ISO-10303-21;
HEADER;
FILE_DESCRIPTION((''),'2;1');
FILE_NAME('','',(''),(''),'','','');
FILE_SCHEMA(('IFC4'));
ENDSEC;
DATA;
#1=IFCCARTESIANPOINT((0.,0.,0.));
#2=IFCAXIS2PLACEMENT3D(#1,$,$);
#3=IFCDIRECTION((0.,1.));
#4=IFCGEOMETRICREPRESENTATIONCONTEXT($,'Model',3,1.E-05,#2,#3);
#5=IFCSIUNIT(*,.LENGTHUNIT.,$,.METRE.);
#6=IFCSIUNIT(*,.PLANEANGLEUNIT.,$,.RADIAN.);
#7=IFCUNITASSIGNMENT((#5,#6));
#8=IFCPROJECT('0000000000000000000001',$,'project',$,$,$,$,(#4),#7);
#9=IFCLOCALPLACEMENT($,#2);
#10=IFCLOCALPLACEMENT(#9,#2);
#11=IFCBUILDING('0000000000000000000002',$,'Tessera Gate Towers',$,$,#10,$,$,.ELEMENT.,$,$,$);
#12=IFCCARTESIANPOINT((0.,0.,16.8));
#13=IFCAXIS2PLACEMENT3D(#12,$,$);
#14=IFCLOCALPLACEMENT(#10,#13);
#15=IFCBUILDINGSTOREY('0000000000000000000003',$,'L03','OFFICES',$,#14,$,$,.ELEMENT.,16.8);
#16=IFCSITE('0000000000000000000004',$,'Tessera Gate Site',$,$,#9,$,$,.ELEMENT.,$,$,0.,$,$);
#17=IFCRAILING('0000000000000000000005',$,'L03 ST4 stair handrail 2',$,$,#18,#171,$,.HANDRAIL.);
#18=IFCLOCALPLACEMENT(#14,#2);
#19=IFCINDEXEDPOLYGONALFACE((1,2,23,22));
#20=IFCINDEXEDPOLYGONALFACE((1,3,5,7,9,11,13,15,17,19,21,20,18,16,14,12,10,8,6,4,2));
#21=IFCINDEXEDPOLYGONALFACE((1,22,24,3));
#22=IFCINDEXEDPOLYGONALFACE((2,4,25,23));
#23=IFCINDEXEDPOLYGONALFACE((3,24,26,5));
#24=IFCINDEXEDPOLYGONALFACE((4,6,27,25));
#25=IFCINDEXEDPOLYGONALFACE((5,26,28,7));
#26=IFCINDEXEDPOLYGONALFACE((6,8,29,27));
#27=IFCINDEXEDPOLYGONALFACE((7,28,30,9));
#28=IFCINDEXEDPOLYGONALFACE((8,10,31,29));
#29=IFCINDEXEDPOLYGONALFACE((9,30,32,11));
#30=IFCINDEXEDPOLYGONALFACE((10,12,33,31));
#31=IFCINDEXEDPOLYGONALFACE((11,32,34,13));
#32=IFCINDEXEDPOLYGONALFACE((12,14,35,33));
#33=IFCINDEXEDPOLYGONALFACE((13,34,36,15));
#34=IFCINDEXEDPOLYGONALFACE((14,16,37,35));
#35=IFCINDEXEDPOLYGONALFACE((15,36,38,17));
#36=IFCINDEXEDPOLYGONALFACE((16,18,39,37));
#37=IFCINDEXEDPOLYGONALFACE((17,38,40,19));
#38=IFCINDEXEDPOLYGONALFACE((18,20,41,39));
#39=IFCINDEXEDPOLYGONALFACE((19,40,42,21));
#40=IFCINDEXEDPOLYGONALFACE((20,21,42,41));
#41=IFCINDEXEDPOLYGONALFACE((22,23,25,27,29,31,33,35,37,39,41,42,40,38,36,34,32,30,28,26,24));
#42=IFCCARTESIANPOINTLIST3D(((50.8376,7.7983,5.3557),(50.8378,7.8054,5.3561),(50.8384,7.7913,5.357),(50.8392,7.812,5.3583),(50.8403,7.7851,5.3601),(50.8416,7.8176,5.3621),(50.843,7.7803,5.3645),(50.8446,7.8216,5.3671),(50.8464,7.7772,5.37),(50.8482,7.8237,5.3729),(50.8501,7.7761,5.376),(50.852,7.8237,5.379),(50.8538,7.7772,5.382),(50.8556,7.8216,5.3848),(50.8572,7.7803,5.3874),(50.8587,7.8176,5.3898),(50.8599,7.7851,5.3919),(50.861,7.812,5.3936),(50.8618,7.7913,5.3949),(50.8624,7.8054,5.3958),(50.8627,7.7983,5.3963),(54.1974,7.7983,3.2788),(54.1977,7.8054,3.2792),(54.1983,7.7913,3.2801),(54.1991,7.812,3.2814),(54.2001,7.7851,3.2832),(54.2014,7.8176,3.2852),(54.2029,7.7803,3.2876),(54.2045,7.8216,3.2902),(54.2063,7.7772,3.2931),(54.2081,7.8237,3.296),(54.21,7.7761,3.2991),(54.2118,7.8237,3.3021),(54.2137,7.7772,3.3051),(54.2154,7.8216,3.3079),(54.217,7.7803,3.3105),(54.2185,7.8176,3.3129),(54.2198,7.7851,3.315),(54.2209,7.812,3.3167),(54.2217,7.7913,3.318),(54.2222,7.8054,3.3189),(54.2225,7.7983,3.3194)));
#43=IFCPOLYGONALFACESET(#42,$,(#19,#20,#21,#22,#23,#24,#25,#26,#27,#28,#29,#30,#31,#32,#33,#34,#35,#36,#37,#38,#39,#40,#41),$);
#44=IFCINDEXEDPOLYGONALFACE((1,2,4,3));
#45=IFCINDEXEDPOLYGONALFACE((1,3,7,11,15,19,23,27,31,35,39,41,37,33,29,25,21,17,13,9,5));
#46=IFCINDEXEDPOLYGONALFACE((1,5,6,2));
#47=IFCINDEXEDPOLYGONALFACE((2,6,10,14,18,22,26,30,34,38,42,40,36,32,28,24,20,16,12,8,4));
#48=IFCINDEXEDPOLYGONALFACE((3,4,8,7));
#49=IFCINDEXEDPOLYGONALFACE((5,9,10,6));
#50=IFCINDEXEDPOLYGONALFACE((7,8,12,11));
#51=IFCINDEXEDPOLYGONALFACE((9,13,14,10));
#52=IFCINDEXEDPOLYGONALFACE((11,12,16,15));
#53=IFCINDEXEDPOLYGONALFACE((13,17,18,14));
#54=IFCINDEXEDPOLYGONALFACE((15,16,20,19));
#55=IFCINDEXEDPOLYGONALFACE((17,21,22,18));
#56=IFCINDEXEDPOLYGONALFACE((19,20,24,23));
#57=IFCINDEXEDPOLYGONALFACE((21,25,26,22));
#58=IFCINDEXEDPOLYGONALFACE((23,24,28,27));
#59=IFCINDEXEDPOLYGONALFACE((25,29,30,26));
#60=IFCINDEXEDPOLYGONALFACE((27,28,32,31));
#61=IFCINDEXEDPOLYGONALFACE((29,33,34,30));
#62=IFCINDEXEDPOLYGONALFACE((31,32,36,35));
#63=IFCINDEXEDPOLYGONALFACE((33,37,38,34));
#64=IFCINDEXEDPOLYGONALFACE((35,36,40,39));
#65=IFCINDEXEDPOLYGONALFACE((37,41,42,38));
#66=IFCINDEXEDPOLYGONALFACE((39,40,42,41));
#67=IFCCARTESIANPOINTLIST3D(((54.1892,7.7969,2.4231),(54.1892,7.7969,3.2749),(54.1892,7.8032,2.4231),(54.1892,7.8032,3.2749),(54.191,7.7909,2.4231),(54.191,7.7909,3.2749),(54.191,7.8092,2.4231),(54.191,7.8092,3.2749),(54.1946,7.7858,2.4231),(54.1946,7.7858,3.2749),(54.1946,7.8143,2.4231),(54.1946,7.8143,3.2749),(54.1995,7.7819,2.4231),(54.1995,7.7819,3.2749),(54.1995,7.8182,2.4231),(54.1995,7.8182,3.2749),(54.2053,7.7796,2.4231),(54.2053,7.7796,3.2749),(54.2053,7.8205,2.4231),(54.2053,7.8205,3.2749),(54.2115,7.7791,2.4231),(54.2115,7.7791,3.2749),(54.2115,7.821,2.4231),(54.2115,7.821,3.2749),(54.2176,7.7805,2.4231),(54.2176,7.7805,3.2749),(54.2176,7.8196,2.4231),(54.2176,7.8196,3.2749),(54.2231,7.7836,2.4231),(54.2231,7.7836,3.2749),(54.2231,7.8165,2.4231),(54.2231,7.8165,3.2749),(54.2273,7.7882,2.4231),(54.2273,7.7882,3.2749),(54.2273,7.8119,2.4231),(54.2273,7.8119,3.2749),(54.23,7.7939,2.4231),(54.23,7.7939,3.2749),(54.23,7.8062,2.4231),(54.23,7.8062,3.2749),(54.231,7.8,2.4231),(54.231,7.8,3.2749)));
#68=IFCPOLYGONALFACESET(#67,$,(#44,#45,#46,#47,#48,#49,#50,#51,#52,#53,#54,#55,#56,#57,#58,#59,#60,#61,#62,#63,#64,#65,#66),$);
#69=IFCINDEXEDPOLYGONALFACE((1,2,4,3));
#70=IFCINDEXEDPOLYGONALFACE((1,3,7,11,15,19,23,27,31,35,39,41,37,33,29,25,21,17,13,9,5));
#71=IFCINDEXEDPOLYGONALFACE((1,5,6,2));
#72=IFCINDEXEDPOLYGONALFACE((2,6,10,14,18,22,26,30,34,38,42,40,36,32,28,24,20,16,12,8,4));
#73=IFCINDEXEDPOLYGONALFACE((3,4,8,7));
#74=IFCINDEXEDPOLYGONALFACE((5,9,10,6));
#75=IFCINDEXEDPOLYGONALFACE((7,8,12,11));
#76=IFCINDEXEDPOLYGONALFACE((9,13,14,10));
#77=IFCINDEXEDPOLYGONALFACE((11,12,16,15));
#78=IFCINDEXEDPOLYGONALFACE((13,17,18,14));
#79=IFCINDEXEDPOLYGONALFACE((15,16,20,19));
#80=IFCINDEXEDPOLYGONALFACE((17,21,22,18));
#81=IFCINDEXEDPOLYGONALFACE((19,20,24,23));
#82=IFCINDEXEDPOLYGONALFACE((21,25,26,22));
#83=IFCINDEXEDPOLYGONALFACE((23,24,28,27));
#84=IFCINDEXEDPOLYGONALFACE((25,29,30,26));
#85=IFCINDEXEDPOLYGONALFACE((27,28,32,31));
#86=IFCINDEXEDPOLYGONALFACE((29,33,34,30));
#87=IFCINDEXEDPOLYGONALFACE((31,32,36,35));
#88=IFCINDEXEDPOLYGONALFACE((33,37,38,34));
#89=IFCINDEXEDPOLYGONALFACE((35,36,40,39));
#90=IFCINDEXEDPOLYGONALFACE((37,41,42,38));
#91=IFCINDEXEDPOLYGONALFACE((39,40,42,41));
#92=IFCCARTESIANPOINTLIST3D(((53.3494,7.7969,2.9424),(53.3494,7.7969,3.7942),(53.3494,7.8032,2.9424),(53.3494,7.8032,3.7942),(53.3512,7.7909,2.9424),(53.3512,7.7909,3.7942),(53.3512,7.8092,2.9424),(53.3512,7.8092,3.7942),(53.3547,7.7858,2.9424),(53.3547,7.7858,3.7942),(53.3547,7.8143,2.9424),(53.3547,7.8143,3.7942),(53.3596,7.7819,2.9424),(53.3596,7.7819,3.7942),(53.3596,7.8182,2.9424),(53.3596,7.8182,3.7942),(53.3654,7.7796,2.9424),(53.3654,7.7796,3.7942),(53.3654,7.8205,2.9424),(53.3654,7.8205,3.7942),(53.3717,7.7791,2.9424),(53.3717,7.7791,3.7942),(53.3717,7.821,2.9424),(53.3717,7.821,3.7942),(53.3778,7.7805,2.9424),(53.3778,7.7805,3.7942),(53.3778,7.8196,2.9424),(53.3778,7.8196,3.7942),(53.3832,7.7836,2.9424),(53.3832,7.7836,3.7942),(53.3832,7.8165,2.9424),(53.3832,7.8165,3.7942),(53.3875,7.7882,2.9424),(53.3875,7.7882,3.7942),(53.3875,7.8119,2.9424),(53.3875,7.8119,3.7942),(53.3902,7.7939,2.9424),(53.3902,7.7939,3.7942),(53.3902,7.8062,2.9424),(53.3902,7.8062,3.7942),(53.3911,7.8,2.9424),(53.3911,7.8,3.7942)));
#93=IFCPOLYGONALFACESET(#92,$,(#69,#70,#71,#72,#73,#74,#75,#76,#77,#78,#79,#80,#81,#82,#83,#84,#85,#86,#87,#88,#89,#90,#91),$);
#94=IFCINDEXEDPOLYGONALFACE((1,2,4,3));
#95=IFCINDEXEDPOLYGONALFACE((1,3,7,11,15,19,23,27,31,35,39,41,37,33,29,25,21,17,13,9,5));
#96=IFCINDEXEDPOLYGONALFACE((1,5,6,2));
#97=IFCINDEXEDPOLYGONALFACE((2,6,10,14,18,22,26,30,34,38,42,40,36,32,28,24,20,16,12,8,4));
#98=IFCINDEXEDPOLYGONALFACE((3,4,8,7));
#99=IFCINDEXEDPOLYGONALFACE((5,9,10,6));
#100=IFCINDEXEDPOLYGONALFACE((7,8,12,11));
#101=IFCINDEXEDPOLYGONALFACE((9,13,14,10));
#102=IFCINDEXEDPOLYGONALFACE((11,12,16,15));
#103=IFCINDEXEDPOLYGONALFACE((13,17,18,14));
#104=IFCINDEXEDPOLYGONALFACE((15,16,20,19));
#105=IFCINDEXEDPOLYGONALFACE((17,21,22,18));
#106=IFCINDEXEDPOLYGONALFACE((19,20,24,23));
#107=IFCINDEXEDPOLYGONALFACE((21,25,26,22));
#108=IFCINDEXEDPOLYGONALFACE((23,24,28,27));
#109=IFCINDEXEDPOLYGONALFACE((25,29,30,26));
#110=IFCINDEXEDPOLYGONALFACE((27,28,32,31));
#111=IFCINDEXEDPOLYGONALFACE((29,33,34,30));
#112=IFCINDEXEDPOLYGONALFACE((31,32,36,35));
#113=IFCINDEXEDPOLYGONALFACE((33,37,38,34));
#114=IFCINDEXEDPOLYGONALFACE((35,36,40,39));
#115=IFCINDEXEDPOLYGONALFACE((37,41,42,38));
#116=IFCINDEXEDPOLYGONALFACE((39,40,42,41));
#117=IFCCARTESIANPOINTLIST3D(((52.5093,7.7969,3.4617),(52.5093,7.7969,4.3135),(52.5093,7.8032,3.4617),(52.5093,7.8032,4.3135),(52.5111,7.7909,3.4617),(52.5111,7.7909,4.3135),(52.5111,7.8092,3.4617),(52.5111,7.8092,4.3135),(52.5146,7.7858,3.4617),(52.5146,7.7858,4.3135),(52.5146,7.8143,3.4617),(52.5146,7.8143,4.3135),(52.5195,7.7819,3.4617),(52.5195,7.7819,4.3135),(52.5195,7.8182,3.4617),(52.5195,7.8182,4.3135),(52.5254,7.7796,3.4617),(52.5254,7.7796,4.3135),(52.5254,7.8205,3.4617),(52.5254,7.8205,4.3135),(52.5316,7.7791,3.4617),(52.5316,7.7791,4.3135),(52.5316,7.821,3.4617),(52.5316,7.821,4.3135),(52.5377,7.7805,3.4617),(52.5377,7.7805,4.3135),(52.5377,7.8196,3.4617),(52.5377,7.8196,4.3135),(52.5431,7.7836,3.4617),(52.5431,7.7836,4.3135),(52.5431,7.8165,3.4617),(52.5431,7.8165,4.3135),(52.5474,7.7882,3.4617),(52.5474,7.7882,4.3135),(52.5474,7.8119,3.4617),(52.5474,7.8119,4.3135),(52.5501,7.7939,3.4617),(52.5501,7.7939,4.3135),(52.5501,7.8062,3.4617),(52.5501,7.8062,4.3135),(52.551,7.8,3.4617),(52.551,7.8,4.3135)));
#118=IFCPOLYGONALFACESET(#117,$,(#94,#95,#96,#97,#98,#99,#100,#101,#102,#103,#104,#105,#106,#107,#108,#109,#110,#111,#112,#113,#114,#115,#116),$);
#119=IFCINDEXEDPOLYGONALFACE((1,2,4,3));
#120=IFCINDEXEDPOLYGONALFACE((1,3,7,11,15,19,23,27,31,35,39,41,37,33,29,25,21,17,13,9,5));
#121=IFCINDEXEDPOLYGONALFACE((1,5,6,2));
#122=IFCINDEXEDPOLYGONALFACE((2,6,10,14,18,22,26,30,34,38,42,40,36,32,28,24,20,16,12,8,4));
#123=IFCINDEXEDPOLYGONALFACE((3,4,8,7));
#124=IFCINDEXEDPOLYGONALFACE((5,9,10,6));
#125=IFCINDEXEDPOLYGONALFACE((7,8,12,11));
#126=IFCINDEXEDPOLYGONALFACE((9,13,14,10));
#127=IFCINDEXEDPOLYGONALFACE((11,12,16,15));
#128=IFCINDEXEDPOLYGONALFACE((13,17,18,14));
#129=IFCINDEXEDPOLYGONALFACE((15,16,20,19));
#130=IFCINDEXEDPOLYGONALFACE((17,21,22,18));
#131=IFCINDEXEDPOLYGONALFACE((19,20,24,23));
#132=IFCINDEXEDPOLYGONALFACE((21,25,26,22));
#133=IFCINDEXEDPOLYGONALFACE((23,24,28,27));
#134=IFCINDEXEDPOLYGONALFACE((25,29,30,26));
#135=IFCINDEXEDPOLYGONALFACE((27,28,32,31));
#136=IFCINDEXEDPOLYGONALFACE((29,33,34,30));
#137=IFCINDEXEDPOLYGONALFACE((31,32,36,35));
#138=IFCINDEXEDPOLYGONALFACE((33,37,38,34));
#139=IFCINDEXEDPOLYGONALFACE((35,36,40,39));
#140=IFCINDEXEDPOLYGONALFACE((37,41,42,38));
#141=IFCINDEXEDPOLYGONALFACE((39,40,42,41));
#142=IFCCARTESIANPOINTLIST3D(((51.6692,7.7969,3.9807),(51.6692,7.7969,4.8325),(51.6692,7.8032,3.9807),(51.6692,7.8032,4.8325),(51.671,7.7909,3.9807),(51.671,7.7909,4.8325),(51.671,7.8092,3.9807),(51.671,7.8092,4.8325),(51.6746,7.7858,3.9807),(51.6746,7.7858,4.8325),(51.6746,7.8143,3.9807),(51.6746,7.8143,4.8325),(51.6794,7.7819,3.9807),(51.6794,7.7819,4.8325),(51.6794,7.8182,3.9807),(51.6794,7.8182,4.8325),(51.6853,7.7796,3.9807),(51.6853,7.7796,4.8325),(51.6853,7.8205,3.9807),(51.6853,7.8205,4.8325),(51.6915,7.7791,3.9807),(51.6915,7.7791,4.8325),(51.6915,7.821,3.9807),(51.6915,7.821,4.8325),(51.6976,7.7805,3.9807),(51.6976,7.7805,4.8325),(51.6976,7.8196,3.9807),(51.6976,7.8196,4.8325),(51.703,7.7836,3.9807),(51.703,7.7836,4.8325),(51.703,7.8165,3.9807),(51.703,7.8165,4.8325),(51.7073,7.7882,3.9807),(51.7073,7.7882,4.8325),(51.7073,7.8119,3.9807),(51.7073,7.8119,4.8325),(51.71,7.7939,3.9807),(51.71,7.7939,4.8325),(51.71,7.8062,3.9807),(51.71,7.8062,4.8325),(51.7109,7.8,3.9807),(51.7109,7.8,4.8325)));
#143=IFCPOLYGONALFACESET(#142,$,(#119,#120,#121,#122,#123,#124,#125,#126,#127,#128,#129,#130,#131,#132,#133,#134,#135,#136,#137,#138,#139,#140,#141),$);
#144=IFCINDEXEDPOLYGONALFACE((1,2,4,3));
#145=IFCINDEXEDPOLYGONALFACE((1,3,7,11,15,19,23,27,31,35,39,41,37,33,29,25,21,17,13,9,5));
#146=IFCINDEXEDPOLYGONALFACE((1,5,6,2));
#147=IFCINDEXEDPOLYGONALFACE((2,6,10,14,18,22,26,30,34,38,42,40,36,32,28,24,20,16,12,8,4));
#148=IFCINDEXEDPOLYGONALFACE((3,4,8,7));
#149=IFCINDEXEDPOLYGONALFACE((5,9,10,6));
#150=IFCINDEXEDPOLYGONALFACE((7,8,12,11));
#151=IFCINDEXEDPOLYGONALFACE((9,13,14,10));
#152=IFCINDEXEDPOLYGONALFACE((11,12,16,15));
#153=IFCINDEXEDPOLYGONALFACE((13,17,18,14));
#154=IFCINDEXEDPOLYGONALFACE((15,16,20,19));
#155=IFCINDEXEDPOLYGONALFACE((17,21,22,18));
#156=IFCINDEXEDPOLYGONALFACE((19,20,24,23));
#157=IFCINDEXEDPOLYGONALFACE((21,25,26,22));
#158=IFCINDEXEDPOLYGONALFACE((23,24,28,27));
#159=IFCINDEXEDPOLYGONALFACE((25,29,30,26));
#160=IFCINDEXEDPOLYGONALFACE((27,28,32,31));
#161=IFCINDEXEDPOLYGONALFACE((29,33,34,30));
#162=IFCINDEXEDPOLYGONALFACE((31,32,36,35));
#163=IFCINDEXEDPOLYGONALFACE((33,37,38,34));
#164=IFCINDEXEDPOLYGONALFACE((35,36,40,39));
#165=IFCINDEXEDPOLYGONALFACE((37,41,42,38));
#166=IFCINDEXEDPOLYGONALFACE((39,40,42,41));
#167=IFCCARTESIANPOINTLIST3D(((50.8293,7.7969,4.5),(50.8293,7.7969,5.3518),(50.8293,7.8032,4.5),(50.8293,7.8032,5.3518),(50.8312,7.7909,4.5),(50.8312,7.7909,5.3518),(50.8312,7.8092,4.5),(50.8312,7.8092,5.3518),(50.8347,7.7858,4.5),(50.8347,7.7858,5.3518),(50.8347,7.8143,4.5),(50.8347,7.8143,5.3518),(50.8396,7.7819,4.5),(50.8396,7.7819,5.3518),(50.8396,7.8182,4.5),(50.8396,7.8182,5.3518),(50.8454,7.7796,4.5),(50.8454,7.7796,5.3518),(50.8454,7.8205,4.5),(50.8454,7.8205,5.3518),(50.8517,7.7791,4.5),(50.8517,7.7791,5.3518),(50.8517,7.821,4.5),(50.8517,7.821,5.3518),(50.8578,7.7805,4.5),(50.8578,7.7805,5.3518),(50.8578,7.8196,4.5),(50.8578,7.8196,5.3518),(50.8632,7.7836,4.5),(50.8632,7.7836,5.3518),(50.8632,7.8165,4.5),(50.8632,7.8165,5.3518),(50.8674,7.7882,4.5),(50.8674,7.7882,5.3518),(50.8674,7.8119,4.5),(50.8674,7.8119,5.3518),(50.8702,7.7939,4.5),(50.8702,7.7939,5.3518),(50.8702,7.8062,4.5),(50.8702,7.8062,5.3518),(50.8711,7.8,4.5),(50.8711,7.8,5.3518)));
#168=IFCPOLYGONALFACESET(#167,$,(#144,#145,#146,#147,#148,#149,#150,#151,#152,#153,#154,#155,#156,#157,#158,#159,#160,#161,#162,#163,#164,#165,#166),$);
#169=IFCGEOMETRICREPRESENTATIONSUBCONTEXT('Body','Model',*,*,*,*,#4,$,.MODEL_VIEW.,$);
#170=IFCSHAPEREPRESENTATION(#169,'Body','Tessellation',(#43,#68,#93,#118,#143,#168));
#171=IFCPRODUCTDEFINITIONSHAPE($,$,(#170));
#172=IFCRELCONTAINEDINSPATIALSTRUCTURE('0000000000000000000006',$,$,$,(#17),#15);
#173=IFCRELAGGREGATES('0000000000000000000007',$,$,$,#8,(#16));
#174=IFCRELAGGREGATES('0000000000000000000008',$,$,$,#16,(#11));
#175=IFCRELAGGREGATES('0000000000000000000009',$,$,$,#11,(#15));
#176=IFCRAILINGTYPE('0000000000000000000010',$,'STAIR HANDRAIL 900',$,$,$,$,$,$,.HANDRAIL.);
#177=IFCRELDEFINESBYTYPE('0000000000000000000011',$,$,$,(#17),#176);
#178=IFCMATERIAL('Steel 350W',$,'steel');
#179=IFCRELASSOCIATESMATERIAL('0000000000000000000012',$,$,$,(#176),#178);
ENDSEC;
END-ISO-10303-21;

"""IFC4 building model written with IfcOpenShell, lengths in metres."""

from ifc_helpers import new_model, si_unit, direction, frame, origin, origin_2d, place, context, subcontext, project, spatial, circle, extrude, material, type_object, element, save


model = new_model("IFC4")

# Units and contexts
model_context = context("Model", 3, precision=1e-05, world=origin(), true_north=direction((0.0, 1.0)))
body_context = subcontext(model_context, "Body", "Model", "MODEL_VIEW")
ifc_project = project(units=[si_unit("LENGTHUNIT", "METRE"), si_unit("PLANEANGLEUNIT", "RADIAN")], contexts=[model_context])

# Site, building, storey
site_placement = place(None, origin())
site = spatial("IfcSite", under=ifc_project, at=site_placement, Name="Tessera Gate Site", CompositionType="ELEMENT", RefElevation=0.0)
building_placement = place(site_placement, origin())
building = spatial("IfcBuilding", under=site, at=building_placement, Name="Tessera Gate Towers", CompositionType="ELEMENT")
storey_placement = place(building_placement, frame((0.0, 0.0, 16.8)))
storey = spatial("IfcBuildingStorey", under=building, at=storey_placement, Name="L03", Description="OFFICES", CompositionType="ELEMENT", Elevation=16.8)

# Railing
ifc_material_1 = material(Name="Steel 350W", Category="steel")
railing_type_1 = type_object("IfcRailingType", Name="STAIR HANDRAIL 900", PredefinedType="HANDRAIL", material=ifc_material_1)
railing_1_placement = place(storey_placement, frame((54.21, 7.8, 2.4231)))
element("IfcRailing", 1, at=railing_1_placement, inside=storey, type_object=railing_type_1, Name="L03 ST4 stair handrail 2", PredefinedType="HANDRAIL", context=body_context, shape_type="SweptSolid", body=[
    extrude(circle(Radius=0.0239, at=origin_2d()), frame((0.0, 0.0, 0.876), z_axis=(-0.850606, 0.0, 0.525803), x_axis=(0.0, -1.0, 0.0)), (0.0, 0.0, 1.0), 3.95),
    extrude(circle(Radius=0.021, at=origin_2d()), origin(), (0.0, 0.0, 1.0), 0.8518),
    extrude(circle(Radius=0.021, at=origin_2d()), frame((-0.8398, 0.0, 0.5193)), (0.0, 0.0, 1.0), 0.8518),
    extrude(circle(Radius=0.021, at=origin_2d()), frame((-1.6799, 0.0, 1.0386)), (0.0, 0.0, 1.0), 0.8518),
    extrude(circle(Radius=0.021, at=origin_2d()), frame((-2.52, 0.0, 1.5576)), (0.0, 0.0, 1.0), 0.8518),
    extrude(circle(Radius=0.021, at=origin_2d()), frame((-3.3599, 0.0, 2.0769)), (0.0, 0.0, 1.0), 0.8518),
])

save(model, "model.ifc")
